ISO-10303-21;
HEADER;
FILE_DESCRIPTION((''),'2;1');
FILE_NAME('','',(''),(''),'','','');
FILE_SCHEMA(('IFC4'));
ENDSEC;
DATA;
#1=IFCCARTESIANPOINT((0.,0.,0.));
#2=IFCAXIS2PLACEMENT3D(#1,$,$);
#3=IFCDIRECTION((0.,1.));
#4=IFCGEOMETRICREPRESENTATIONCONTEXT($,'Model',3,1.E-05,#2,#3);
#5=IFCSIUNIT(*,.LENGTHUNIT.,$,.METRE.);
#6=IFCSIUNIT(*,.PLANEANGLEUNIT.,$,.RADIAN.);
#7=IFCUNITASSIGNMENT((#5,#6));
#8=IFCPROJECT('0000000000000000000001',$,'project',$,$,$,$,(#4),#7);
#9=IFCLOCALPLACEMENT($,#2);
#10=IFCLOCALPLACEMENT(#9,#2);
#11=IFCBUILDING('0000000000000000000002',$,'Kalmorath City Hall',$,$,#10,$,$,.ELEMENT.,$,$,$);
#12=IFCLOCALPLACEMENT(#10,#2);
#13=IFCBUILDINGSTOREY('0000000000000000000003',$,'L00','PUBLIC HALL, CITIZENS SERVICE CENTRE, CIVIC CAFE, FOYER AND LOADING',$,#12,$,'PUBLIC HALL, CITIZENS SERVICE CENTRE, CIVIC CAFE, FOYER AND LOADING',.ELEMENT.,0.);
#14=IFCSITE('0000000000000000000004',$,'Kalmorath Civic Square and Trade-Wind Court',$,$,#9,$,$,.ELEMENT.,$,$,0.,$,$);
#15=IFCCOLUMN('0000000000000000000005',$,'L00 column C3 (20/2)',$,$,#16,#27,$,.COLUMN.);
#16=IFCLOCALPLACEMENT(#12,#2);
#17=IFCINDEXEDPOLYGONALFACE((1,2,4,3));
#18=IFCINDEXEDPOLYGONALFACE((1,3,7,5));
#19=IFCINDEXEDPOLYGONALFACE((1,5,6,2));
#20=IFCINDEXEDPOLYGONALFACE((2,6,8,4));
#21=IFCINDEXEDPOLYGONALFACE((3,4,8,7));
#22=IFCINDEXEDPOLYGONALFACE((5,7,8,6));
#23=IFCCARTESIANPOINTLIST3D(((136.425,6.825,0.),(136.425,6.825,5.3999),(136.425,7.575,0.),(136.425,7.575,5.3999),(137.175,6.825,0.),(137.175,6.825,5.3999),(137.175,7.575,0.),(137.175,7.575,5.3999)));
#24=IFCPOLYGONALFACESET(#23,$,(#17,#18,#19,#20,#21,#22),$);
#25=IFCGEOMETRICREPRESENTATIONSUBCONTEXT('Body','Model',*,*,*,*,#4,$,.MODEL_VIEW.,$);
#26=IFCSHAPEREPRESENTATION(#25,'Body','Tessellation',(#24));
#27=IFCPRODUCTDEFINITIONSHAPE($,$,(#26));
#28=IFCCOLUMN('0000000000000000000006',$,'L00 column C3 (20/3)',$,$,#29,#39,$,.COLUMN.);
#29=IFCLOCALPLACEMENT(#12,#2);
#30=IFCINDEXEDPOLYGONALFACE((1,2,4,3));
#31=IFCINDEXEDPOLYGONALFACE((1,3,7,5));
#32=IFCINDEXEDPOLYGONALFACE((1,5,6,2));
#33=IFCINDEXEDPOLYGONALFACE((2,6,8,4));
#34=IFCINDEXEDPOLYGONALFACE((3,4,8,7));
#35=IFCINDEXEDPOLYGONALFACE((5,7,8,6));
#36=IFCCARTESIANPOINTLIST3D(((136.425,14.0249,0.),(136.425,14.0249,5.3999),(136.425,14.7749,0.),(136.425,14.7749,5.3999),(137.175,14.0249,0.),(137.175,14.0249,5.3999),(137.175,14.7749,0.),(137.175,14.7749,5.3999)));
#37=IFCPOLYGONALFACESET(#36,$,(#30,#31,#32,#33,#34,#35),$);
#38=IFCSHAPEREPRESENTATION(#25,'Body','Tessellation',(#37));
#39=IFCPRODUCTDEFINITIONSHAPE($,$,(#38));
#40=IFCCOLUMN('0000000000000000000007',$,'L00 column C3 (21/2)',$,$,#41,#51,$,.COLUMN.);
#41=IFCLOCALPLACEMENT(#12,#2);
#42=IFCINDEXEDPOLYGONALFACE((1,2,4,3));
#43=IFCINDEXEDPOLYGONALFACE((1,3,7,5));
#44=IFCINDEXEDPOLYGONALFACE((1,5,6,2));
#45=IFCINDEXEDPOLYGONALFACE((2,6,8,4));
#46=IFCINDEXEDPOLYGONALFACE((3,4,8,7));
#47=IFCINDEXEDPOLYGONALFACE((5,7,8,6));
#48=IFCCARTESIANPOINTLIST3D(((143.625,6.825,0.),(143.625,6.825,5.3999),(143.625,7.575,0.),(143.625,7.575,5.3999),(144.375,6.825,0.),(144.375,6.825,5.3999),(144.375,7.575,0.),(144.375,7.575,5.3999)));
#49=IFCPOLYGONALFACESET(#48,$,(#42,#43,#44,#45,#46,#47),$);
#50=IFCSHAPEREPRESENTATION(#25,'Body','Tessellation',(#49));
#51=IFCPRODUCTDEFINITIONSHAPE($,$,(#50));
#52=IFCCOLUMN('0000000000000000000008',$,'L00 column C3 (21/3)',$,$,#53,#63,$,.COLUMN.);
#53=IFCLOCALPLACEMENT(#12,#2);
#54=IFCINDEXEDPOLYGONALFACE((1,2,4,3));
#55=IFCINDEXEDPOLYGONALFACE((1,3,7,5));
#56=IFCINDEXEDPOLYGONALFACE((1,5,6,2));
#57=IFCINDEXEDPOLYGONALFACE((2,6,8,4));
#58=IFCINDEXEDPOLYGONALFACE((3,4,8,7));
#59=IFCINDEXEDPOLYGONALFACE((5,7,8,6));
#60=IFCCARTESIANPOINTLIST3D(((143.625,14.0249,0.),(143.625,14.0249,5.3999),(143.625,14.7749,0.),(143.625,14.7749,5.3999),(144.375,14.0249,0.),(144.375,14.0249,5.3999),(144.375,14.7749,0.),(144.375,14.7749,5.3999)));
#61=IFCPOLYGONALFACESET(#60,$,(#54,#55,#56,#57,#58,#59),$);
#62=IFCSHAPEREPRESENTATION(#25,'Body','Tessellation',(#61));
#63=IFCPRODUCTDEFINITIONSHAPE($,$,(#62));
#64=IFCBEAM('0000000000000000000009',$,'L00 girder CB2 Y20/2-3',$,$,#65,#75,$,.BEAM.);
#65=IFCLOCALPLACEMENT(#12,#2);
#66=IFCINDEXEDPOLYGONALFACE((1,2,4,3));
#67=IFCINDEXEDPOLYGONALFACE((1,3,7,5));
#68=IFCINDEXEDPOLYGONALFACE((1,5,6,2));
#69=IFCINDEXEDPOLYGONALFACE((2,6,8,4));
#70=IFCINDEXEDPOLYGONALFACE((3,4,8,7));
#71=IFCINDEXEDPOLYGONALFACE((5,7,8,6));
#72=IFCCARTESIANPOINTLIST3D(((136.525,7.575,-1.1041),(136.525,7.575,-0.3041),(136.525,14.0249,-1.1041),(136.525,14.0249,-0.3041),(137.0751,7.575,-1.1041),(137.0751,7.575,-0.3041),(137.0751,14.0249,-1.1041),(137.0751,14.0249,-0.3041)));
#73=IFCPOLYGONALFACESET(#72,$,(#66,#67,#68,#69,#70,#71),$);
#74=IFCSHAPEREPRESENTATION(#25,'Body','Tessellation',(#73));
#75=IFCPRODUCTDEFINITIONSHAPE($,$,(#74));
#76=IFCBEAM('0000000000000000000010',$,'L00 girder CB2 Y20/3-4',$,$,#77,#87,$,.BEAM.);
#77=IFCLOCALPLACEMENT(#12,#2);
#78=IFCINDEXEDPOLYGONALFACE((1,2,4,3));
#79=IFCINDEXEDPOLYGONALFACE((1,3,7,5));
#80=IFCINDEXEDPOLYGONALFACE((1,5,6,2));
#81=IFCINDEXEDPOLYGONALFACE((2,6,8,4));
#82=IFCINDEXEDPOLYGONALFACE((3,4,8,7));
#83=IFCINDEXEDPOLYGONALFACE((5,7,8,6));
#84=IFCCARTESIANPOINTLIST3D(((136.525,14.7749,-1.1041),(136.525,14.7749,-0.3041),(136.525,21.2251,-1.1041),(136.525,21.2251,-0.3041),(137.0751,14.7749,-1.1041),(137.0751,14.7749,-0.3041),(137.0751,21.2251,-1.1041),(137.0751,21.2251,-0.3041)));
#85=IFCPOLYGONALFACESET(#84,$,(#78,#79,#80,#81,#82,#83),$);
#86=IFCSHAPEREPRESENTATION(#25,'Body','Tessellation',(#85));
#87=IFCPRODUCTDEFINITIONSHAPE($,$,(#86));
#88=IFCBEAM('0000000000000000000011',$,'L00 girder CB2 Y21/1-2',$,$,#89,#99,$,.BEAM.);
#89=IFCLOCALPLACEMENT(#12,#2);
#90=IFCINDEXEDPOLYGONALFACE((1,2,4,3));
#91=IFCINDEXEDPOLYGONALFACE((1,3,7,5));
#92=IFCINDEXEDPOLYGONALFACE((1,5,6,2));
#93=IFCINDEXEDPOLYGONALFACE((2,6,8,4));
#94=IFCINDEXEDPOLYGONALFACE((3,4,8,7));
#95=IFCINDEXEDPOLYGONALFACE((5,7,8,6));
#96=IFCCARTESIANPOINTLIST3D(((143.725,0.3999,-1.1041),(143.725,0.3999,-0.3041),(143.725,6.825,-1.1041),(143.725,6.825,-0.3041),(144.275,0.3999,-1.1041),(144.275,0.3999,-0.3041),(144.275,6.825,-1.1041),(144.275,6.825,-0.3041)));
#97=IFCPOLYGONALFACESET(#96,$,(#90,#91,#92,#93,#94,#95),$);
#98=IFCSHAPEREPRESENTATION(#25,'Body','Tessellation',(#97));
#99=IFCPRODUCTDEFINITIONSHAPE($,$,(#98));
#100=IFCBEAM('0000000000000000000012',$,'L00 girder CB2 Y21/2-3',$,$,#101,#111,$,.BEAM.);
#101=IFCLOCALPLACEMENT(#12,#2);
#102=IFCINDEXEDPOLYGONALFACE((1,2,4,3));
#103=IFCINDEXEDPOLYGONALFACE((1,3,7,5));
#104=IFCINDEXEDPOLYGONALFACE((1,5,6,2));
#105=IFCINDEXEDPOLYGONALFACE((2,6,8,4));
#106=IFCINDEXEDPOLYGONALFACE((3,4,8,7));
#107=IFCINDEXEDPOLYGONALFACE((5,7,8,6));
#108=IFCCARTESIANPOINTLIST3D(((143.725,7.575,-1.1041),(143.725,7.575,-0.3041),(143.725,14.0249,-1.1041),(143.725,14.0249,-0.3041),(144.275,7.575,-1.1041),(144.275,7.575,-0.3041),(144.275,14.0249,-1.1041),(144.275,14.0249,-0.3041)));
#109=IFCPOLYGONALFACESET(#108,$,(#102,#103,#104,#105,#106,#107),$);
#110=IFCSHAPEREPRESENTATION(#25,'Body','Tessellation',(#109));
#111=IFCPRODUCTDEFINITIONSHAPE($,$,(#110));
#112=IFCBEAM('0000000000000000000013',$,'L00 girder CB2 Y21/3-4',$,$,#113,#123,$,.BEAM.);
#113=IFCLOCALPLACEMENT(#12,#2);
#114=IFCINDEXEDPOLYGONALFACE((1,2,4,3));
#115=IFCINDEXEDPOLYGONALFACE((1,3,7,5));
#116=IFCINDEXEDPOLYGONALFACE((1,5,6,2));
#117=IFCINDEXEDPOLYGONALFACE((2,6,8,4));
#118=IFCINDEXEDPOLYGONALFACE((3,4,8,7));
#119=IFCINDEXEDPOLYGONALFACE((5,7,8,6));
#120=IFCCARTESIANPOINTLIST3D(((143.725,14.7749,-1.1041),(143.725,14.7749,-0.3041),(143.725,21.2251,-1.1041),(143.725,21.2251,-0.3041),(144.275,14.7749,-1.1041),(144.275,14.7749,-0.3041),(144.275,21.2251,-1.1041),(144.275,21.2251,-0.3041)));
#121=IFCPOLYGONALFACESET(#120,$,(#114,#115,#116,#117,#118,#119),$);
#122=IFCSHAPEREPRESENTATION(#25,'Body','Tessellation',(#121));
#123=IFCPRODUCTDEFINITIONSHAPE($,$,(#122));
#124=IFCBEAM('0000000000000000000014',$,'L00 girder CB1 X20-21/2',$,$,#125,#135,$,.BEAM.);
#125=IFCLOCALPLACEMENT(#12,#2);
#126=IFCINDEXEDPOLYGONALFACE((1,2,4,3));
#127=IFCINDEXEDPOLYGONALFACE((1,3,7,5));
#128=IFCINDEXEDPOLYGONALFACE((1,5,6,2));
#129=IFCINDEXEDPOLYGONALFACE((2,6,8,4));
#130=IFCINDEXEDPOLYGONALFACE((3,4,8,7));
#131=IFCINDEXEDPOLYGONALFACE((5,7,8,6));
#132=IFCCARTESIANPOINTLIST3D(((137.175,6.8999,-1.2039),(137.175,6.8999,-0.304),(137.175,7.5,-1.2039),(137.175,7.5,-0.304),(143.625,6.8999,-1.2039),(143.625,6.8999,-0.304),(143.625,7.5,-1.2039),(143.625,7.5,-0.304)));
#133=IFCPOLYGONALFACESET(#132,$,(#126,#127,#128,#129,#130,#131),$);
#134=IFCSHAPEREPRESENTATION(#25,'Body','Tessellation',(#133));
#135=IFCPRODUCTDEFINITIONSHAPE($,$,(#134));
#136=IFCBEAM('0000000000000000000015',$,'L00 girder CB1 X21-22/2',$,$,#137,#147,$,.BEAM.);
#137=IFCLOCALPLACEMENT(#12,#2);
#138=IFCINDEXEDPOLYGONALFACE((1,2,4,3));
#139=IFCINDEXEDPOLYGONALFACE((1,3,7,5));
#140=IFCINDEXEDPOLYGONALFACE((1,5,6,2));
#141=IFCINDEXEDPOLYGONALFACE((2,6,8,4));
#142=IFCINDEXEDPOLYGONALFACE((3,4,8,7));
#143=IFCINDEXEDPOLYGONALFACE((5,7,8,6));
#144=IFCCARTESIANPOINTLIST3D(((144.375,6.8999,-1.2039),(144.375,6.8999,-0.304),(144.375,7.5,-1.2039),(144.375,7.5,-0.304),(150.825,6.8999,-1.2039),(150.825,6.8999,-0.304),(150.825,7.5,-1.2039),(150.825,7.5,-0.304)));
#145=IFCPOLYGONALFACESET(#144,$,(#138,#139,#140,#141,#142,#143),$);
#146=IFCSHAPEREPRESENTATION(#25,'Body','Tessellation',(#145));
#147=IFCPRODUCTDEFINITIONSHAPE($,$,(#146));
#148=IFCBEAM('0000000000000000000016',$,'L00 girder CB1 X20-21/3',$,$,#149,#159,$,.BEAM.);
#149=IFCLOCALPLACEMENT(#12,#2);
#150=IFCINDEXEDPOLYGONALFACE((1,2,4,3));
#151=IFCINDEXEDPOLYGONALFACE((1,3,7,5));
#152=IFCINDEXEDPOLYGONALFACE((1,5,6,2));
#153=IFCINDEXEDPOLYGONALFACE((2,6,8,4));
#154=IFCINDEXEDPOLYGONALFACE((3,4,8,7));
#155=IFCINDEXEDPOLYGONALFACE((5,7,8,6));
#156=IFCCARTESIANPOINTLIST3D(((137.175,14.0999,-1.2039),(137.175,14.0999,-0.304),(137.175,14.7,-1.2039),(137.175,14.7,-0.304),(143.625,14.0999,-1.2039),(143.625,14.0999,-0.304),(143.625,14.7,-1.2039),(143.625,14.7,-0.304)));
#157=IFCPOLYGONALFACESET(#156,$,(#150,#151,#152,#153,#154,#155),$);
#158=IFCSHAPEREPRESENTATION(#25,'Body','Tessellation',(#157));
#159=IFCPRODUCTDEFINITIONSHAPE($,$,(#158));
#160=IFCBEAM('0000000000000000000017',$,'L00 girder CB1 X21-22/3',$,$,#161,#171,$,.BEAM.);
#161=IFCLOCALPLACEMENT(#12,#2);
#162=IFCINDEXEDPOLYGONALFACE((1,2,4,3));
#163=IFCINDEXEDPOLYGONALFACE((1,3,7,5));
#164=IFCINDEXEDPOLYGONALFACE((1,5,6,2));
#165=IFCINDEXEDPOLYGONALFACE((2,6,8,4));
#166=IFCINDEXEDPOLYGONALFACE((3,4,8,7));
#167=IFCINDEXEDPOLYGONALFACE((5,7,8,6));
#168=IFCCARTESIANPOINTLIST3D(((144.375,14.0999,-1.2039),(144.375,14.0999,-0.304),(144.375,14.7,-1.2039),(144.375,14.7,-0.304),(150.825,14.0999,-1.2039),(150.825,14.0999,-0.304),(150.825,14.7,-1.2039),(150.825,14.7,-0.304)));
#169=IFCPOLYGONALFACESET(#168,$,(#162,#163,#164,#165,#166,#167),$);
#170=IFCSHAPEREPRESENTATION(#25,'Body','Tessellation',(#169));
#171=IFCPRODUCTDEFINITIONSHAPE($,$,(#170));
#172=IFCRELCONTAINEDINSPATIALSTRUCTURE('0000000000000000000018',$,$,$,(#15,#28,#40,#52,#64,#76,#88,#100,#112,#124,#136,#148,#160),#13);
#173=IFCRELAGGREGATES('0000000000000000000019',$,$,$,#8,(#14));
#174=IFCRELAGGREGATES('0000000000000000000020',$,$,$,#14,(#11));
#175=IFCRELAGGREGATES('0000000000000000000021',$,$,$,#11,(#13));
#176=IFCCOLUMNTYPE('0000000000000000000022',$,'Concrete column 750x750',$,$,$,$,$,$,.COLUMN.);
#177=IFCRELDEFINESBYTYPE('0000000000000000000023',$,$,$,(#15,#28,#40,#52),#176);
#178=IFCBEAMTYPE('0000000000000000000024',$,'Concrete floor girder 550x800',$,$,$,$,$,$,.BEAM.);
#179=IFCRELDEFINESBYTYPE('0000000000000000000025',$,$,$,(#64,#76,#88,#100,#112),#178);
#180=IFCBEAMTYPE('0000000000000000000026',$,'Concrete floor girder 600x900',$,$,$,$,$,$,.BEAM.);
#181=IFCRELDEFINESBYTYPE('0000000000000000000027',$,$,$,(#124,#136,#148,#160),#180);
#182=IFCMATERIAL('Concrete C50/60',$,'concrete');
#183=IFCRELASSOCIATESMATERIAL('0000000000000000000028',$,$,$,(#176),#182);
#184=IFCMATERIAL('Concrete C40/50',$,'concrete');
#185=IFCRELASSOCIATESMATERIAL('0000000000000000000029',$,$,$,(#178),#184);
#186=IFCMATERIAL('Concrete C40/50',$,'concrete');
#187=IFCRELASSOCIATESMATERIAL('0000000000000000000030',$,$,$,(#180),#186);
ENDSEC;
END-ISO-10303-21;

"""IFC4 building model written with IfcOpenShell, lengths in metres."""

from ifc_helpers import new_model, si_unit, direction, frame, origin, origin_2d, place, context, subcontext, project, spatial, rectangle, extrude, material, material_profile, profile_set, type_object, element, save


model = new_model("IFC4")

# Units and contexts
model_context = context("Model", 3, precision=1e-05, world=origin(), true_north=direction((0.0, 1.0)))
body_context = subcontext(model_context, "Body", "Model", "MODEL_VIEW")
ifc_project = project(units=[si_unit("LENGTHUNIT", "METRE"), si_unit("PLANEANGLEUNIT", "RADIAN")], contexts=[model_context])

# Site, building, storey
site_placement = place(None, origin())
site = spatial("IfcSite", under=ifc_project, at=site_placement, Name="Kalmorath Civic Square and Trade-Wind Court", CompositionType="ELEMENT", RefElevation=0.0)
building_placement = place(site_placement, origin())
building = spatial("IfcBuilding", under=site, at=building_placement, Name="Kalmorath City Hall", CompositionType="ELEMENT")
storey_placement = place(building_placement, origin())
storey = spatial("IfcBuildingStorey", under=building, at=storey_placement, Name="L00", Description="PUBLIC HALL, CITIZENS SERVICE CENTRE, CIVIC CAFE, FOYER AND LOADING", LongName="PUBLIC HALL, CITIZENS SERVICE CENTRE, CIVIC CAFE, FOYER AND LOADING", CompositionType="ELEMENT", Elevation=0.0)

# Columns
ifc_material_1 = material(Name="Concrete C50/60", Category="concrete")
ifc_material_profile_1 = material_profile(ifc_material_1, rectangle(XDim=0.75, YDim=0.75, at=origin_2d()), Name="RC-COL-750X750")
ifc_profile_set_1 = profile_set([ifc_material_profile_1], Name="Concrete C50/60")
column_type = type_object("IfcColumnType", Name="Concrete column 750x750", PredefinedType="COLUMN", material=ifc_profile_set_1)
for number, where, z_axis, x_axis, name in (
    (1, (136.8, 7.2, 0.0), (0.0, 0.0, 1.0), (1.0, 0.0, 0.0), "L00 column C3 (20/2)"),
    (2, (136.8, 14.3999, 0.0), (0.0, 0.0, 1.0), (1.0, 0.0, 0.0), "L00 column C3 (20/3)"),
    (3, (144.0, 7.2, 0.0), (0.0, 0.0, 1.0), (1.0, 0.0, 0.0), "L00 column C3 (21/2)"),
    (4, (144.0, 14.3999, 0.0), (0.0, 0.0, 1.0), (1.0, 0.0, 0.0), "L00 column C3 (21/3)"),
):
    element("IfcColumn", number, at=place(storey_placement, frame(where, z_axis=z_axis, x_axis=x_axis)), inside=storey, type_object=column_type, Name=name, PredefinedType="COLUMN", context=body_context, shape_type="SweptSolid", body=[
        extrude(rectangle(XDim=0.75, YDim=0.75, at=origin_2d()), origin(), (0.0, 0.0, 1.0), 5.3999),
    ])

# Beams
ifc_material_2 = material(Name="Concrete C40/50", Category="concrete")
ifc_material_profile_2 = material_profile(ifc_material_2, rectangle(XDim=0.55, YDim=0.8, at=origin_2d()), Name="RC-BM-550X800")
ifc_profile_set_2 = profile_set([ifc_material_profile_2], Name="Concrete C40/50")
beam_type_1 = type_object("IfcBeamType", Name="Concrete floor girder 550x800", PredefinedType="BEAM", material=ifc_profile_set_2)
beam_1_placement = place(storey_placement, frame((136.8, 7.575, -0.7041), z_axis=(0.0, 1.0, 0.0), x_axis=(-1.0, 0.0, 0.0)))
element("IfcBeam", 5, at=beam_1_placement, inside=storey, type_object=beam_type_1, Name="L00 girder CB2 Y20/2-3", PredefinedType="BEAM", context=body_context, shape_type="SweptSolid", body=[
    extrude(rectangle(XDim=0.55, YDim=0.8, at=origin_2d()), origin(), (0.0, 0.0, 1.0), 6.45),
])
beam_2_placement = place(storey_placement, frame((136.8, 14.7749, -0.7041), z_axis=(0.0, 1.0, 0.0), x_axis=(-1.0, 0.0, 0.0)))
element("IfcBeam", 6, at=beam_2_placement, inside=storey, type_object=beam_type_1, Name="L00 girder CB2 Y20/3-4", PredefinedType="BEAM", context=body_context, shape_type="SweptSolid", body=[
    extrude(rectangle(XDim=0.55, YDim=0.8, at=origin_2d()), origin(), (0.0, 0.0, 1.0), 6.4502),
])
beam_3_placement = place(storey_placement, frame((144.0, 0.3999, -0.7041), z_axis=(0.0, 1.0, 0.0), x_axis=(-1.0, 0.0, 0.0)))
element("IfcBeam", 7, at=beam_3_placement, inside=storey, type_object=beam_type_1, Name="L00 girder CB2 Y21/1-2", PredefinedType="BEAM", context=body_context, shape_type="SweptSolid", body=[
    extrude(rectangle(XDim=0.55, YDim=0.8, at=origin_2d()), origin(), (0.0, 0.0, 1.0), 6.425),
])
beam_4_placement = place(storey_placement, frame((144.0, 7.575, -0.7041), z_axis=(0.0, 1.0, 0.0), x_axis=(-1.0, 0.0, 0.0)))
element("IfcBeam", 8, at=beam_4_placement, inside=storey, type_object=beam_type_1, Name="L00 girder CB2 Y21/2-3", PredefinedType="BEAM", context=body_context, shape_type="SweptSolid", body=[
    extrude(rectangle(XDim=0.55, YDim=0.8, at=origin_2d()), origin(), (0.0, 0.0, 1.0), 6.45),
])
beam_5_placement = place(storey_placement, frame((144.0, 14.7749, -0.7041), z_axis=(0.0, 1.0, 0.0), x_axis=(-1.0, 0.0, 0.0)))
element("IfcBeam", 9, at=beam_5_placement, inside=storey, type_object=beam_type_1, Name="L00 girder CB2 Y21/3-4", PredefinedType="BEAM", context=body_context, shape_type="SweptSolid", body=[
    extrude(rectangle(XDim=0.55, YDim=0.8, at=origin_2d()), origin(), (0.0, 0.0, 1.0), 6.4502),
])
ifc_material_3 = material(Name="Concrete C40/50", Category="concrete")
ifc_material_profile_3 = material_profile(ifc_material_3, rectangle(XDim=0.6001, YDim=0.8999, at=origin_2d()), Name="RC-BM-600X900")
ifc_profile_set_3 = profile_set([ifc_material_profile_3], Name="Concrete C40/50")
beam_type_2 = type_object("IfcBeamType", Name="Concrete floor girder 600x900", PredefinedType="BEAM", material=ifc_profile_set_3)
for number, where, z_axis, x_axis, name in (
    (10, (137.175, 7.2, -0.7539), (1.0, 0.0, 0.0), (0.0, 1.0, 0.0), "L00 girder CB1 X20-21/2"),
    (11, (144.375, 7.2, -0.7539), (1.0, 0.0, 0.0), (0.0, 1.0, 0.0), "L00 girder CB1 X21-22/2"),
    (12, (137.175, 14.3999, -0.7539), (1.0, 0.0, 0.0), (0.0, 1.0, 0.0), "L00 girder CB1 X20-21/3"),
    (13, (144.375, 14.3999, -0.7539), (1.0, 0.0, 0.0), (0.0, 1.0, 0.0), "L00 girder CB1 X21-22/3"),
):
    element("IfcBeam", number, at=place(storey_placement, frame(where, z_axis=z_axis, x_axis=x_axis)), inside=storey, type_object=beam_type_2, Name=name, PredefinedType="BEAM", context=body_context, shape_type="SweptSolid", body=[
        extrude(rectangle(XDim=0.6001, YDim=0.8999, at=origin_2d()), origin(), (0.0, 0.0, 1.0), 6.45),
    ])

save(model, "model.ifc")
